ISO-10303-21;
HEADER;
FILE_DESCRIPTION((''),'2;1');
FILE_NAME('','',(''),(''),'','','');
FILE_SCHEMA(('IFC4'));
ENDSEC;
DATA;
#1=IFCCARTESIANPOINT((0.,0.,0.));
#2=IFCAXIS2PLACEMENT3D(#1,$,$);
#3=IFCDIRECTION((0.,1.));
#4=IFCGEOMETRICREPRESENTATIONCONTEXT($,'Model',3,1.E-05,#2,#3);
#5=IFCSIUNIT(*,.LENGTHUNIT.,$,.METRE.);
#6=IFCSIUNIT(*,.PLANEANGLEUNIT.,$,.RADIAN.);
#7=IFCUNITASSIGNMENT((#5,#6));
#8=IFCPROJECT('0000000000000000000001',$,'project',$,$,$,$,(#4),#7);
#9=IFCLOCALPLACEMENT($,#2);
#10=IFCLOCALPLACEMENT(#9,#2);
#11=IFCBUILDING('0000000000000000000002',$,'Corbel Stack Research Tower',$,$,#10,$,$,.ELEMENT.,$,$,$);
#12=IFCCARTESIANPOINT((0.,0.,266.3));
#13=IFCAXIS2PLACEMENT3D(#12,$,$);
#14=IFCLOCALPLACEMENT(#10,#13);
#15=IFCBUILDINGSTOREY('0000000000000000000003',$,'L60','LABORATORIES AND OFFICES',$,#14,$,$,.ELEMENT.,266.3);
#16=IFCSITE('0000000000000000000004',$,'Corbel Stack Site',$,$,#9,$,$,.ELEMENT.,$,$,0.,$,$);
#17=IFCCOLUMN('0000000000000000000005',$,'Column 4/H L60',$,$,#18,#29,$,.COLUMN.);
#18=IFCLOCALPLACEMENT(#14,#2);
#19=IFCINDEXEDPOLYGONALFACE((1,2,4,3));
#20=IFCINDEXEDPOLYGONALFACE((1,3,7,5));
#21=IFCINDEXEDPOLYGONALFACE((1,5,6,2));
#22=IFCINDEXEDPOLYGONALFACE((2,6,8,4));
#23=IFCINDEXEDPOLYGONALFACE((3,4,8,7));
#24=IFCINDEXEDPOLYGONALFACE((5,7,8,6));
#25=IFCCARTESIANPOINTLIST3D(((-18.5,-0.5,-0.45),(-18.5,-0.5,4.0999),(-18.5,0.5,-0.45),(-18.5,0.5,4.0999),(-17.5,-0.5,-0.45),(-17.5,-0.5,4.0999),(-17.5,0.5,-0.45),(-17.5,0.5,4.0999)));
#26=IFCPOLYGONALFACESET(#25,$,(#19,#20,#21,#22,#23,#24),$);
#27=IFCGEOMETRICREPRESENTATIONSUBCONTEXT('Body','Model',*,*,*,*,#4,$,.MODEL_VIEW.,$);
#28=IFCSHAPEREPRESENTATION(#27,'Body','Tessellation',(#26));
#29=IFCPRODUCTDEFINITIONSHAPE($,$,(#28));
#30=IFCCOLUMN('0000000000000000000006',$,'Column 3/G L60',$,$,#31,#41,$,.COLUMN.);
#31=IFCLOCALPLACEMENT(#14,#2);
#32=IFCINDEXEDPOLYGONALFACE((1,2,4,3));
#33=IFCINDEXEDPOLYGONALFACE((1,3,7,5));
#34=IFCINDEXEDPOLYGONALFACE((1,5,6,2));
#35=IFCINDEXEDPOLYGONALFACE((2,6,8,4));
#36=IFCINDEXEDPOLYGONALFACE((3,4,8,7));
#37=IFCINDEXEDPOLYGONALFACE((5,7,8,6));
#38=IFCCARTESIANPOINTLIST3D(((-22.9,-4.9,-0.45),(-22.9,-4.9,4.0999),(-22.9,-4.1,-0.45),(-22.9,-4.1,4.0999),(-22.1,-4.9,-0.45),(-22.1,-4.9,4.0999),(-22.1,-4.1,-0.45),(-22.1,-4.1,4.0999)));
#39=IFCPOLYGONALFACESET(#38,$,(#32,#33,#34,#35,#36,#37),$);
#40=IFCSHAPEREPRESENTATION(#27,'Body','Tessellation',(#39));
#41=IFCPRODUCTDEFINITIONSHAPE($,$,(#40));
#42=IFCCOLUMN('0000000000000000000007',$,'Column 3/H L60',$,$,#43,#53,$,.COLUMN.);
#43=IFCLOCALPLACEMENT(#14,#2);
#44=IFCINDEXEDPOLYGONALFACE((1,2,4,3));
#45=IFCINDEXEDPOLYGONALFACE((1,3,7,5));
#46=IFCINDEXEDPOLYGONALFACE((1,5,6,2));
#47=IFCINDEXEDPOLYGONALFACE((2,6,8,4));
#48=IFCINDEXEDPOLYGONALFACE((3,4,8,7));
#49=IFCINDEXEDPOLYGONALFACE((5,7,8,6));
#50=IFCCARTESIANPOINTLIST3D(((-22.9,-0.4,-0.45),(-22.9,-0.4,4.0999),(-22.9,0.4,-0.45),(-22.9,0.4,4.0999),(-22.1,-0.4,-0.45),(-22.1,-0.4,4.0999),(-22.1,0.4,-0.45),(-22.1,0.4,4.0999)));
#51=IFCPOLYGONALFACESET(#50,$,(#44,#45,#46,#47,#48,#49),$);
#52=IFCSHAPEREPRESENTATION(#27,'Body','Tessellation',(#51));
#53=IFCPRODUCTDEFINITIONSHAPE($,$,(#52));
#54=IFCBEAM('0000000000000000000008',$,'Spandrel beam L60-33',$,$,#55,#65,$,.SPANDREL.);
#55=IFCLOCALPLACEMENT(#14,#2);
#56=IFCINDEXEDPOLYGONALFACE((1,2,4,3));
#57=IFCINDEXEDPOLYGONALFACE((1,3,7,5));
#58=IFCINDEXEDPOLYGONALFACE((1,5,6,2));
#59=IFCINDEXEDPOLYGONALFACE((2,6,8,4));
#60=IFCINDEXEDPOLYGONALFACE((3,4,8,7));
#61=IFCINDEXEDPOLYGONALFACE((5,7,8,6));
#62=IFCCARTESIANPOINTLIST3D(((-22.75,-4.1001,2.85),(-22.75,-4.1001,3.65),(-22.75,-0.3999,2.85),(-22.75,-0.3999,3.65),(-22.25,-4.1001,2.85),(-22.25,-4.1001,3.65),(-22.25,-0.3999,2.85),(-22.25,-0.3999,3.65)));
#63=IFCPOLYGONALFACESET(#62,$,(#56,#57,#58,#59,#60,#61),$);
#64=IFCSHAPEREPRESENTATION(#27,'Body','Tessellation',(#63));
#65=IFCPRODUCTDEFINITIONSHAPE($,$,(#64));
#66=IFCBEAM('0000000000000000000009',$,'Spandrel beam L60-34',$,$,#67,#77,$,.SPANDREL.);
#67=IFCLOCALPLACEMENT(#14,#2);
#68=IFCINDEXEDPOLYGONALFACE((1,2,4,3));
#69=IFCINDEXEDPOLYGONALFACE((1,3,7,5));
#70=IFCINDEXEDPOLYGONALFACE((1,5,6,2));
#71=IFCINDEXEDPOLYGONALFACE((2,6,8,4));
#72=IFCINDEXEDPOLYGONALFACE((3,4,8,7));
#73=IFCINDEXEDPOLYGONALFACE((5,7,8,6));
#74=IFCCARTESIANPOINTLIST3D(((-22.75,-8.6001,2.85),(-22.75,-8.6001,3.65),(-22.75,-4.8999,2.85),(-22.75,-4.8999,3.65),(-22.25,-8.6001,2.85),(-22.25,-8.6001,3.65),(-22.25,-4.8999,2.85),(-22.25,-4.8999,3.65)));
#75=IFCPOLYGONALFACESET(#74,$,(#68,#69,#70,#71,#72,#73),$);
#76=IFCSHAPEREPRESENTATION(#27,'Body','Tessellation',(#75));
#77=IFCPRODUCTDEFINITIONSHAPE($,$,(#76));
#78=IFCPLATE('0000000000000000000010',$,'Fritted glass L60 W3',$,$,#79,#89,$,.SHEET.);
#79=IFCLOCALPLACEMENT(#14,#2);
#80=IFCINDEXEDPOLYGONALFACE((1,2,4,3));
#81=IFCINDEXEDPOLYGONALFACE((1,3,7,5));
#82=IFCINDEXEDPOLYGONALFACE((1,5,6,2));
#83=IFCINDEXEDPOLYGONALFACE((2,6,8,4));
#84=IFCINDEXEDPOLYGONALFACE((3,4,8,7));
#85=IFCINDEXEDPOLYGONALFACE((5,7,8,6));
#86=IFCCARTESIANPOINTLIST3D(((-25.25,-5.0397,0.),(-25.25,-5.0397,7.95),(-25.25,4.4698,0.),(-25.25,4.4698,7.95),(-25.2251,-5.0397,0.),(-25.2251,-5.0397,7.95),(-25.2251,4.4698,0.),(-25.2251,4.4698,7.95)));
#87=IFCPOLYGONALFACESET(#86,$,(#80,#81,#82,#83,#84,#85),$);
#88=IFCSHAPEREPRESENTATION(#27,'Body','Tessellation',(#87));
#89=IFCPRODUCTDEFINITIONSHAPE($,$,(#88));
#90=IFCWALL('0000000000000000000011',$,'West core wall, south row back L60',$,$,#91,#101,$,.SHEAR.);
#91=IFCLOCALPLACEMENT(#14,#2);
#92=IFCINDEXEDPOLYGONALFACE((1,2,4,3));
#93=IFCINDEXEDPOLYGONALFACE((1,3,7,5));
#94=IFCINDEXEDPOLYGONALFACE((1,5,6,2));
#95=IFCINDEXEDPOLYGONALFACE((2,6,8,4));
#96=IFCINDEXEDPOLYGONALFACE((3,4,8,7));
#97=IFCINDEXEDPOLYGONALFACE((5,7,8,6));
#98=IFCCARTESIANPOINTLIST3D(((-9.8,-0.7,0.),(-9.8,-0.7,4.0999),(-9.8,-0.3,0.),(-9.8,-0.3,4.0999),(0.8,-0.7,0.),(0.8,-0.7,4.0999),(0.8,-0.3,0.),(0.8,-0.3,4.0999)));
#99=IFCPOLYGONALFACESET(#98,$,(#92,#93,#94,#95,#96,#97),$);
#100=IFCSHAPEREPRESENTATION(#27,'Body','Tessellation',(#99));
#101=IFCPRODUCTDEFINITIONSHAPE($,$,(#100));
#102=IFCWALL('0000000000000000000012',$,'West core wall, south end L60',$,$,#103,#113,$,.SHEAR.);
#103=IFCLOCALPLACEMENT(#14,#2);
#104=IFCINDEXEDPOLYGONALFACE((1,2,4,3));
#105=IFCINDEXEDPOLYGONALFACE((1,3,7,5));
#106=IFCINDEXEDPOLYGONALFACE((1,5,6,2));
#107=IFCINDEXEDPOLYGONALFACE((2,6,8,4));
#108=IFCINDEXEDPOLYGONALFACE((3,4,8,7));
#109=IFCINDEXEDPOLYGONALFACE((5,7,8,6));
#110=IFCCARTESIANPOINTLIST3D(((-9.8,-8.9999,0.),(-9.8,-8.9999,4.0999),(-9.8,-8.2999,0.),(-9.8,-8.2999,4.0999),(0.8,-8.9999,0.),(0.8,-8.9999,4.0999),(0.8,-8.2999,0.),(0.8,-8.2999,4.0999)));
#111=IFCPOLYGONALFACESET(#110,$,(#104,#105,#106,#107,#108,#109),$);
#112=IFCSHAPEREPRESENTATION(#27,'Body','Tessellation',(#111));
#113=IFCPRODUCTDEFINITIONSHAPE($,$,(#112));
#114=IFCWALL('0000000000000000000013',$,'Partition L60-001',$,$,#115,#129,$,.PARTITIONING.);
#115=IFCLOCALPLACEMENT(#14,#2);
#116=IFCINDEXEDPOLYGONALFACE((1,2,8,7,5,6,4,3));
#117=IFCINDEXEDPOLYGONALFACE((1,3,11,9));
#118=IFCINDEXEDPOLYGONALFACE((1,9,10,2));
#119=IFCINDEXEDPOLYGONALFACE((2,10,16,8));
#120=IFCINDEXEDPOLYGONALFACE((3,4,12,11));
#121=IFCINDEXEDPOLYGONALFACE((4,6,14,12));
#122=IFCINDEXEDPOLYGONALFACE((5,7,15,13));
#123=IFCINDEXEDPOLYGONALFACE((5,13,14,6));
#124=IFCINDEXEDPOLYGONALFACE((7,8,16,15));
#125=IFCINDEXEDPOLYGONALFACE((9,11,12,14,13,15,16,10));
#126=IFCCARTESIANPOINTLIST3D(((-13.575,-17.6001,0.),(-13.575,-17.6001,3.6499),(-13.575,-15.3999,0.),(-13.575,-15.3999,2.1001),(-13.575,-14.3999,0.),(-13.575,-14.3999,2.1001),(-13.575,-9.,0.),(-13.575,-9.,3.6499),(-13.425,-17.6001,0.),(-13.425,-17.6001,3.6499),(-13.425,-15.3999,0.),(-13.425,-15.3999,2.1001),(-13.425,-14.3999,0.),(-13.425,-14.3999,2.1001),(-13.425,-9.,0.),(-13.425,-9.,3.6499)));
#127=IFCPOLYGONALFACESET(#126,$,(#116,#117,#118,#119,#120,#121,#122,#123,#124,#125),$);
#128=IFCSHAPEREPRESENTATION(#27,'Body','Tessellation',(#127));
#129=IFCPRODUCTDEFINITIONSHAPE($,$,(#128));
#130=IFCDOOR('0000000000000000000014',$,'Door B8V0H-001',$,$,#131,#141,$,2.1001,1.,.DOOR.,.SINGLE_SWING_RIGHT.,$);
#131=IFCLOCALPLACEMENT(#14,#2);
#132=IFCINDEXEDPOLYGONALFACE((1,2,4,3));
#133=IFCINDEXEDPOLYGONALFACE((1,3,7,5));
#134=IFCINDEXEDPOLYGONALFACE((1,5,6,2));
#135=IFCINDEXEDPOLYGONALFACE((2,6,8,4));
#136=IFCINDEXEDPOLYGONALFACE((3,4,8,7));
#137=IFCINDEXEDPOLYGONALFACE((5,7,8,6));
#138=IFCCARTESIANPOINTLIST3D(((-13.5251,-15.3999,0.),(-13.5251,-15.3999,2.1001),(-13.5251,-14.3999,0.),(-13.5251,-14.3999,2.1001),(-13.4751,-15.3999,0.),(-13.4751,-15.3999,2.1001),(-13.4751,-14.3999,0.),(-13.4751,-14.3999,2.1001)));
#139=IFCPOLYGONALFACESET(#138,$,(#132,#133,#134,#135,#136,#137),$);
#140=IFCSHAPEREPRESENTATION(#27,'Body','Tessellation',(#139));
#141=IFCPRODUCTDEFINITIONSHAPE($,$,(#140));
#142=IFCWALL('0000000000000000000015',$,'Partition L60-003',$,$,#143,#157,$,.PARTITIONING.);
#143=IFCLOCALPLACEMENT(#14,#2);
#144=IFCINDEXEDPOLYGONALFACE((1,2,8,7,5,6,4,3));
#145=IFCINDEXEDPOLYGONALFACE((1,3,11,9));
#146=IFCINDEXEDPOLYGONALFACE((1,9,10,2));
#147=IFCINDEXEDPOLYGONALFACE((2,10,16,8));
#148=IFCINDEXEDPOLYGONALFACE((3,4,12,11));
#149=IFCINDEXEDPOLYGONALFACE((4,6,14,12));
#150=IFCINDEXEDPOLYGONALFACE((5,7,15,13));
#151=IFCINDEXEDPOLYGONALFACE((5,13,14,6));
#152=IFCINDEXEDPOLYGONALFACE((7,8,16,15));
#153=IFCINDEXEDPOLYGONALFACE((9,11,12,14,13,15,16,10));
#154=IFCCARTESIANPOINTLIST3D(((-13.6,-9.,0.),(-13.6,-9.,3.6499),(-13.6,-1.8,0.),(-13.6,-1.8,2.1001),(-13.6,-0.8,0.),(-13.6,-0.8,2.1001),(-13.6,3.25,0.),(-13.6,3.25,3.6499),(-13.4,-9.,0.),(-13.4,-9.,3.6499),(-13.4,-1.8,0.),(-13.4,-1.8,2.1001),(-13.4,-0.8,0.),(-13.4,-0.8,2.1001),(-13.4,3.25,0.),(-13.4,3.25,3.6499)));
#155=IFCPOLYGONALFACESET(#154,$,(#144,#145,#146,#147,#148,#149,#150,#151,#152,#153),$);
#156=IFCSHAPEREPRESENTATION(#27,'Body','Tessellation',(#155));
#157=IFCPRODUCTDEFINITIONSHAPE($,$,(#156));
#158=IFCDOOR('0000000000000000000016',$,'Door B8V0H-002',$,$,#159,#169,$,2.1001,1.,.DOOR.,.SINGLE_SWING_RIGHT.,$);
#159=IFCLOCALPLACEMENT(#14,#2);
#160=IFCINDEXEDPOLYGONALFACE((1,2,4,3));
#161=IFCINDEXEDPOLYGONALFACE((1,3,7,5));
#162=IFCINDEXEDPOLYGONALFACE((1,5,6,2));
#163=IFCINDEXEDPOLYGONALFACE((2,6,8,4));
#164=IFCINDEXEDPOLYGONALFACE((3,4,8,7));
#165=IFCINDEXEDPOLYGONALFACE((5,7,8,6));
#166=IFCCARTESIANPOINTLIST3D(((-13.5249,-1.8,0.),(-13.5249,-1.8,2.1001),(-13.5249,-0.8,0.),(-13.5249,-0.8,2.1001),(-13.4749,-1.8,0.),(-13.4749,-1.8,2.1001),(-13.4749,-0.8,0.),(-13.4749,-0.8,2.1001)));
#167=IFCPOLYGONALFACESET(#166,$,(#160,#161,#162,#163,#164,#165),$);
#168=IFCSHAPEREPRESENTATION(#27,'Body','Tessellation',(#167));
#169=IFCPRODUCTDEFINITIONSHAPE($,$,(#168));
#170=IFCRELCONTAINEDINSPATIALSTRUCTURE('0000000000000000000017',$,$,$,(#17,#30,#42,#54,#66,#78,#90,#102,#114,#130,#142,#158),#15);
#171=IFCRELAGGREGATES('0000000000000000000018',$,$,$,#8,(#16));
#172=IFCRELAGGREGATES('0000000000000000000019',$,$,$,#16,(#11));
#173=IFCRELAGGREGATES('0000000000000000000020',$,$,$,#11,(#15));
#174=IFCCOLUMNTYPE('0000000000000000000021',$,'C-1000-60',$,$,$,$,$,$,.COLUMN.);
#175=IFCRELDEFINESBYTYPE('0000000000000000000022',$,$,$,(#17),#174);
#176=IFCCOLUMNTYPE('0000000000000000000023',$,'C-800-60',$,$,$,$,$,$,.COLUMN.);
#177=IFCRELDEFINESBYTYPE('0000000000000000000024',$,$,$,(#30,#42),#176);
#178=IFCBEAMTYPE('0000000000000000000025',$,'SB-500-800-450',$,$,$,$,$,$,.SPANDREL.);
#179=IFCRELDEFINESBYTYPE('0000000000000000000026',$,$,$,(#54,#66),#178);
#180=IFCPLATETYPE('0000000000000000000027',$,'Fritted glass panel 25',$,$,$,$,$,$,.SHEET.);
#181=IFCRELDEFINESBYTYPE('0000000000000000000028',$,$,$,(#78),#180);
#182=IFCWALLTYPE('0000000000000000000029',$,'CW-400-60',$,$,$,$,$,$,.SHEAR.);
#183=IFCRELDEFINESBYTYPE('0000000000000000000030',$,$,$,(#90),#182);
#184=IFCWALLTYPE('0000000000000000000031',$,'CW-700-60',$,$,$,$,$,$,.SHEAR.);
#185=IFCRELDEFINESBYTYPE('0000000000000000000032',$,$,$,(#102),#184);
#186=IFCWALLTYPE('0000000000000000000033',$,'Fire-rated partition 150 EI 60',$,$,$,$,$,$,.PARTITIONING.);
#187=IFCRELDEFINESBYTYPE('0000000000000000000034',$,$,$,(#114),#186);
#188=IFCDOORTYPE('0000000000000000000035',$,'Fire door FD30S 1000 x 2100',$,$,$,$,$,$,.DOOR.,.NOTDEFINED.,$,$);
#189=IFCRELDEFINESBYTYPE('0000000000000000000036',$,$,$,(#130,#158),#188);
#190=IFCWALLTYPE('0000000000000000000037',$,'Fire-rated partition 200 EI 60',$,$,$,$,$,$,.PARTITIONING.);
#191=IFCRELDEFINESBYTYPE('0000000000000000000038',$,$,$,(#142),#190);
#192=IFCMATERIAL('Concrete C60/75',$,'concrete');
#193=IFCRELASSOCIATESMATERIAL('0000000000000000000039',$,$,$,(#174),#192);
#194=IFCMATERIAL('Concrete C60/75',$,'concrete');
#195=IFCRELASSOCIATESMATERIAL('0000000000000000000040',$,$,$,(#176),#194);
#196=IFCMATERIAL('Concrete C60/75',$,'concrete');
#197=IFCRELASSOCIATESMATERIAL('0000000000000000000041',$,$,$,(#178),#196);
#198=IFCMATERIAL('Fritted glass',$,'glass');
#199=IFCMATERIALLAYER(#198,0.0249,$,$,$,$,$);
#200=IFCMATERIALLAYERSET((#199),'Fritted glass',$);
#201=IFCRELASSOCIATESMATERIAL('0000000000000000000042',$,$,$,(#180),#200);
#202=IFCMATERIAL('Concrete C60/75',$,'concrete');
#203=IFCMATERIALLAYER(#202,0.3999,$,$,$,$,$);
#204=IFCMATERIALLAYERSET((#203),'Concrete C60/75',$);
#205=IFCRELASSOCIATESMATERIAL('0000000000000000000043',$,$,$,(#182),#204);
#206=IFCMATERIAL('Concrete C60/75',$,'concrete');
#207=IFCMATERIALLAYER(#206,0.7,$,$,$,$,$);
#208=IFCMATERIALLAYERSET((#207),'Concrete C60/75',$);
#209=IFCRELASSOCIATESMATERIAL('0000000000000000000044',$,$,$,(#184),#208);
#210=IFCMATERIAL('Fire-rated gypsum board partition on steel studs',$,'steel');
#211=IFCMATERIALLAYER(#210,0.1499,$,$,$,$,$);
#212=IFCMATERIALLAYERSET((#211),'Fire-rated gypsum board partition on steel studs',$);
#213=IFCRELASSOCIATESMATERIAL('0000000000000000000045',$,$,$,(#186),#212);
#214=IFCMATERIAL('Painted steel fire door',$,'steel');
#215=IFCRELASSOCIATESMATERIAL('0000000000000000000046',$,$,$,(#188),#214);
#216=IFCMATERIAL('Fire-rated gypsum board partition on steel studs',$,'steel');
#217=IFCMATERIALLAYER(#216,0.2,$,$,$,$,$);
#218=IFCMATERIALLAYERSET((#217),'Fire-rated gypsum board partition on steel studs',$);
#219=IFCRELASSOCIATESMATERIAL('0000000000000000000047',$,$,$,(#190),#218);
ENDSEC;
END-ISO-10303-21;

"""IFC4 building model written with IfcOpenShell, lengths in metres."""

from ifc_helpers import new_model, si_unit, direction, frame, frame_2d, origin, origin_2d, place, context, subcontext, project, spatial, rectangle, extrude, material, layer, layer_set, material_profile, profile_set, type_object, element, fill, save


model = new_model("IFC4")

# Units and contexts
model_context = context("Model", 3, precision=1e-05, world=origin(), true_north=direction((0.0, 1.0)))
body_context = subcontext(model_context, "Body", "Model", "MODEL_VIEW")
ifc_project = project(units=[si_unit("LENGTHUNIT", "METRE"), si_unit("PLANEANGLEUNIT", "RADIAN")], contexts=[model_context])

# Site, building, storey
site_placement = place(None, origin())
site = spatial("IfcSite", under=ifc_project, at=site_placement, Name="Corbel Stack Site", CompositionType="ELEMENT", RefElevation=0.0)
building_placement = place(site_placement, origin())
building = spatial("IfcBuilding", under=site, at=building_placement, Name="Corbel Stack Research Tower", CompositionType="ELEMENT")
storey_placement = place(building_placement, frame((0.0, 0.0, 266.3)))
storey = spatial("IfcBuildingStorey", under=building, at=storey_placement, Name="L60", Description="LABORATORIES AND OFFICES", CompositionType="ELEMENT", Elevation=266.3)

# Columns
ifc_material_1 = material(Name="Concrete C60/75", Category="concrete")
ifc_material_profile_1 = material_profile(ifc_material_1, rectangle(XDim=1.0, YDim=1.0, at=origin_2d()), Name="RC 1000 x 1000")
ifc_profile_set_1 = profile_set([ifc_material_profile_1], Name="Concrete C60/75")
column_type_1 = type_object("IfcColumnType", Name="C-1000-60", PredefinedType="COLUMN", material=ifc_profile_set_1)
column_placement = place(storey_placement, frame((-18.0, 0.0, -0.45), z_axis=(0.0, 0.0, 1.0), x_axis=(1.0, 0.0, 0.0)))
element("IfcColumn", 1, at=column_placement, inside=storey, type_object=column_type_1, Name="Column 4/H L60", PredefinedType="COLUMN", context=body_context, shape_type="SweptSolid", body=[
    extrude(rectangle(XDim=1.0, YDim=1.0, at=origin_2d()), origin(), (0.0, 0.0, 1.0), 4.5498),
])
ifc_material_2 = material(Name="Concrete C60/75", Category="concrete")
ifc_material_profile_2 = material_profile(ifc_material_2, rectangle(XDim=0.8, YDim=0.8, at=origin_2d()), Name="RC 800 x 800")
ifc_profile_set_2 = profile_set([ifc_material_profile_2], Name="Concrete C60/75")
column_type_2 = type_object("IfcColumnType", Name="C-800-60", PredefinedType="COLUMN", material=ifc_profile_set_2)
for number, where, z_axis, x_axis, name in (
    (2, (-22.5, -4.5, -0.45), (0.0, 0.0, 1.0), (1.0, 0.0, 0.0), "Column 3/G L60"),
    (3, (-22.5, 0.0, -0.45), (0.0, 0.0, 1.0), (1.0, 0.0, 0.0), "Column 3/H L60"),
):
    element("IfcColumn", number, at=place(storey_placement, frame(where, z_axis=z_axis, x_axis=x_axis)), inside=storey, type_object=column_type_2, Name=name, PredefinedType="COLUMN", context=body_context, shape_type="SweptSolid", body=[
        extrude(rectangle(XDim=0.8, YDim=0.8, at=origin_2d()), origin(), (0.0, 0.0, 1.0), 4.5498),
    ])

# Beams
ifc_material_3 = material(Name="Concrete C60/75", Category="concrete")
ifc_material_profile_3 = material_profile(ifc_material_3, rectangle(XDim=0.5, YDim=0.8, at=origin_2d()), Name="RC 500 x 800")
ifc_profile_set_3 = profile_set([ifc_material_profile_3], Name="Concrete C60/75")
beam_type = type_object("IfcBeamType", Name="SB-500-800-450", PredefinedType="SPANDREL", material=ifc_profile_set_3)
for number, where, z_axis, x_axis, name in (
    (4, (-22.5, -0.3999, 3.25), (0.0, -1.0, 0.0), (1.0, 0.0, 0.0), "Spandrel beam L60-33"),
    (5, (-22.5, -4.8999, 3.25), (0.0, -1.0, 0.0), (1.0, 0.0, 0.0), "Spandrel beam L60-34"),
):
    element("IfcBeam", number, at=place(storey_placement, frame(where, z_axis=z_axis, x_axis=x_axis)), inside=storey, type_object=beam_type, Name=name, PredefinedType="SPANDREL", context=body_context, shape_type="SweptSolid", body=[
        extrude(rectangle(XDim=0.5, YDim=0.8, at=origin_2d()), origin(), (0.0, 0.0, 1.0), 3.7002),
    ])

# Plate
ifc_material_4 = material(Name="Fritted glass", Category="glass")
ifc_layer_1 = layer(ifc_material_4, 0.0249)
ifc_layer_set_1 = layer_set([ifc_layer_1], Name="Fritted glass")
plate_type = type_object("IfcPlateType", Name="Fritted glass panel 25", PredefinedType="SHEET", material=ifc_layer_set_1)
plate_placement = place(storey_placement, frame((-25.2375, -0.2849, 0.0), z_axis=(0.0, 0.0, 1.0), x_axis=(0.0, -1.0, 0.0)))
element("IfcPlate", 6, at=plate_placement, inside=storey, type_object=plate_type, Name="Fritted glass L60 W3", PredefinedType="SHEET", context=body_context, shape_type="SweptSolid", body=[
    extrude(rectangle(XDim=9.5095, YDim=0.0249, at=origin_2d()), origin(), (0.0, 0.0, 1.0), 7.95),
])

# Wall
ifc_material_5 = material(Name="Concrete C60/75", Category="concrete")
ifc_layer_2 = layer(ifc_material_5, 0.3999)
ifc_layer_set_2 = layer_set([ifc_layer_2], Name="Concrete C60/75")
wall_type_1 = type_object("IfcWallType", Name="CW-400-60", PredefinedType="SHEAR", material=ifc_layer_set_2)
wall_1_placement = place(storey_placement, frame((-9.8, -0.5, 0.0), z_axis=(0.0, 0.0, 1.0), x_axis=(1.0, 0.0, 0.0)))
element("IfcWall", 7, at=wall_1_placement, inside=storey, type_object=wall_type_1, Name="West core wall, south row back L60", PredefinedType="SHEAR", context=body_context, shape_type="SweptSolid", body=[
    extrude(rectangle(XDim=10.6001, YDim=0.3999, at=frame_2d((5.3, 0.0))), origin(), (0.0, 0.0, 1.0), 4.0999),
])

# Shared definitions
ifc_material_6 = material(Name="Concrete C60/75", Category="concrete")
ifc_layer_3 = layer(ifc_material_6, 0.7)
ifc_layer_set_3 = layer_set([ifc_layer_3], Name="Concrete C60/75")
wall_type_2 = type_object("IfcWallType", Name="CW-700-60", PredefinedType="SHEAR", material=ifc_layer_set_3)

# Wall
wall_2_placement = place(storey_placement, frame((-9.8, -8.6499, 0.0), z_axis=(0.0, 0.0, 1.0), x_axis=(1.0, 0.0, 0.0)))
element("IfcWall", 8, at=wall_2_placement, inside=storey, type_object=wall_type_2, Name="West core wall, south end L60", PredefinedType="SHEAR", context=body_context, shape_type="SweptSolid", body=[
    extrude(rectangle(XDim=10.6001, YDim=0.7, at=frame_2d((5.3, 0.0))), origin(), (0.0, 0.0, 1.0), 4.0999),
])

# Walls, openings, doors
ifc_material_7 = material(Name="Fire-rated gypsum board partition on steel studs", Category="steel")
ifc_layer_4 = layer(ifc_material_7, 0.1499)
ifc_layer_set_4 = layer_set([ifc_layer_4], Name="Fire-rated gypsum board partition on steel studs")
wall_type_3 = type_object("IfcWallType", Name="Fire-rated partition 150 EI 60", PredefinedType="PARTITIONING", material=ifc_layer_set_4)
wall_3_placement = place(storey_placement, frame((-13.5, -9.0, 0.0), z_axis=(0.0, 0.0, 1.0), x_axis=(0.0, -1.0, 0.0)))
wall_3 = element("IfcWall", 9, at=wall_3_placement, inside=storey, type_object=wall_type_3, Name="Partition L60-001", PredefinedType="PARTITIONING", context=body_context, shape_type="SweptSolid", body=[
    extrude(rectangle(XDim=8.6001, YDim=0.1499, at=frame_2d((4.3, 0.0))), origin(), (0.0, 0.0, 1.0), 3.6499),
])
opening_1_placement = place(wall_3_placement, frame((5.3999, 0.0, 0.0)))
opening_1 = element("IfcOpeningElement", 10, at=opening_1_placement, cuts=wall_3, PredefinedType="OPENING", context=body_context, shape_type="SweptSolid", body=[
    extrude(rectangle(XDim=1.0, YDim=2.1001, at=frame_2d((0.5, 1.05))), frame((0.0, 0.085, 0.0), z_axis=(0.0, -1.0, 0.0), x_axis=(1.0, 0.0, 0.0)), (0.0, 0.0, 1.0), 0.1699),
])
ifc_material_8 = material(Name="Painted steel fire door", Category="steel")
door_type_1 = type_object("IfcDoorType", Name="Fire door FD30S 1000 x 2100", OperationType="NOTDEFINED", PredefinedType="DOOR", material=ifc_material_8)
door_1_placement = place(opening_1_placement, origin())
door_1 = element("IfcDoor", 11, at=door_1_placement, inside=storey, type_object=door_type_1, Name="Door B8V0H-001", OperationType="SINGLE_SWING_RIGHT", OverallHeight=2.1001, OverallWidth=1.0, PredefinedType="DOOR", context=body_context, shape_type="SweptSolid", body=[
    extrude(rectangle(XDim=1.0, YDim=2.1001, at=frame_2d((0.5, 1.05))), frame((0.0, 0.0249, 0.0), z_axis=(0.0, -1.0, 0.0), x_axis=(1.0, 0.0, 0.0)), (0.0, 0.0, 1.0), 0.05),
])
fill(opening_1, door_1)
ifc_material_9 = material(Name="Fire-rated gypsum board partition on steel studs", Category="steel")
ifc_layer_5 = layer(ifc_material_9, 0.2)
ifc_layer_set_5 = layer_set([ifc_layer_5], Name="Fire-rated gypsum board partition on steel studs")
wall_type_4 = type_object("IfcWallType", Name="Fire-rated partition 200 EI 60", PredefinedType="PARTITIONING", material=ifc_layer_set_5)
wall_4_placement = place(storey_placement, frame((-13.5, -9.0, 0.0), z_axis=(0.0, 0.0, 1.0), x_axis=(0.0, 1.0, 0.0)))
wall_4 = element("IfcWall", 12, at=wall_4_placement, inside=storey, type_object=wall_type_4, Name="Partition L60-003", PredefinedType="PARTITIONING", context=body_context, shape_type="SweptSolid", body=[
    extrude(rectangle(XDim=12.25, YDim=0.2, at=frame_2d((6.125, 0.0))), origin(), (0.0, 0.0, 1.0), 3.6499),
])
opening_2_placement = place(wall_4_placement, frame((7.2, 0.0, 0.0)))
opening_2 = element("IfcOpeningElement", 13, at=opening_2_placement, cuts=wall_4, PredefinedType="OPENING", context=body_context, shape_type="SweptSolid", body=[
    extrude(rectangle(XDim=1.0, YDim=2.1001, at=frame_2d((0.5, 1.05))), frame((0.0, 0.1099, 0.0), z_axis=(0.0, -1.0, 0.0), x_axis=(1.0, 0.0, 0.0)), (0.0, 0.0, 1.0), 0.22),
])
door_2_placement = place(opening_2_placement, origin())
door_2 = element("IfcDoor", 14, at=door_2_placement, inside=storey, type_object=door_type_1, Name="Door B8V0H-002", OperationType="SINGLE_SWING_RIGHT", OverallHeight=2.1001, OverallWidth=1.0, PredefinedType="DOOR", context=body_context, shape_type="SweptSolid", body=[
    extrude(rectangle(XDim=1.0, YDim=2.1001, at=frame_2d((0.5, 1.05))), frame((0.0, 0.0249, 0.0), z_axis=(0.0, -1.0, 0.0), x_axis=(1.0, 0.0, 0.0)), (0.0, 0.0, 1.0), 0.05),
])
fill(opening_2, door_2)

save(model, "model.ifc")
